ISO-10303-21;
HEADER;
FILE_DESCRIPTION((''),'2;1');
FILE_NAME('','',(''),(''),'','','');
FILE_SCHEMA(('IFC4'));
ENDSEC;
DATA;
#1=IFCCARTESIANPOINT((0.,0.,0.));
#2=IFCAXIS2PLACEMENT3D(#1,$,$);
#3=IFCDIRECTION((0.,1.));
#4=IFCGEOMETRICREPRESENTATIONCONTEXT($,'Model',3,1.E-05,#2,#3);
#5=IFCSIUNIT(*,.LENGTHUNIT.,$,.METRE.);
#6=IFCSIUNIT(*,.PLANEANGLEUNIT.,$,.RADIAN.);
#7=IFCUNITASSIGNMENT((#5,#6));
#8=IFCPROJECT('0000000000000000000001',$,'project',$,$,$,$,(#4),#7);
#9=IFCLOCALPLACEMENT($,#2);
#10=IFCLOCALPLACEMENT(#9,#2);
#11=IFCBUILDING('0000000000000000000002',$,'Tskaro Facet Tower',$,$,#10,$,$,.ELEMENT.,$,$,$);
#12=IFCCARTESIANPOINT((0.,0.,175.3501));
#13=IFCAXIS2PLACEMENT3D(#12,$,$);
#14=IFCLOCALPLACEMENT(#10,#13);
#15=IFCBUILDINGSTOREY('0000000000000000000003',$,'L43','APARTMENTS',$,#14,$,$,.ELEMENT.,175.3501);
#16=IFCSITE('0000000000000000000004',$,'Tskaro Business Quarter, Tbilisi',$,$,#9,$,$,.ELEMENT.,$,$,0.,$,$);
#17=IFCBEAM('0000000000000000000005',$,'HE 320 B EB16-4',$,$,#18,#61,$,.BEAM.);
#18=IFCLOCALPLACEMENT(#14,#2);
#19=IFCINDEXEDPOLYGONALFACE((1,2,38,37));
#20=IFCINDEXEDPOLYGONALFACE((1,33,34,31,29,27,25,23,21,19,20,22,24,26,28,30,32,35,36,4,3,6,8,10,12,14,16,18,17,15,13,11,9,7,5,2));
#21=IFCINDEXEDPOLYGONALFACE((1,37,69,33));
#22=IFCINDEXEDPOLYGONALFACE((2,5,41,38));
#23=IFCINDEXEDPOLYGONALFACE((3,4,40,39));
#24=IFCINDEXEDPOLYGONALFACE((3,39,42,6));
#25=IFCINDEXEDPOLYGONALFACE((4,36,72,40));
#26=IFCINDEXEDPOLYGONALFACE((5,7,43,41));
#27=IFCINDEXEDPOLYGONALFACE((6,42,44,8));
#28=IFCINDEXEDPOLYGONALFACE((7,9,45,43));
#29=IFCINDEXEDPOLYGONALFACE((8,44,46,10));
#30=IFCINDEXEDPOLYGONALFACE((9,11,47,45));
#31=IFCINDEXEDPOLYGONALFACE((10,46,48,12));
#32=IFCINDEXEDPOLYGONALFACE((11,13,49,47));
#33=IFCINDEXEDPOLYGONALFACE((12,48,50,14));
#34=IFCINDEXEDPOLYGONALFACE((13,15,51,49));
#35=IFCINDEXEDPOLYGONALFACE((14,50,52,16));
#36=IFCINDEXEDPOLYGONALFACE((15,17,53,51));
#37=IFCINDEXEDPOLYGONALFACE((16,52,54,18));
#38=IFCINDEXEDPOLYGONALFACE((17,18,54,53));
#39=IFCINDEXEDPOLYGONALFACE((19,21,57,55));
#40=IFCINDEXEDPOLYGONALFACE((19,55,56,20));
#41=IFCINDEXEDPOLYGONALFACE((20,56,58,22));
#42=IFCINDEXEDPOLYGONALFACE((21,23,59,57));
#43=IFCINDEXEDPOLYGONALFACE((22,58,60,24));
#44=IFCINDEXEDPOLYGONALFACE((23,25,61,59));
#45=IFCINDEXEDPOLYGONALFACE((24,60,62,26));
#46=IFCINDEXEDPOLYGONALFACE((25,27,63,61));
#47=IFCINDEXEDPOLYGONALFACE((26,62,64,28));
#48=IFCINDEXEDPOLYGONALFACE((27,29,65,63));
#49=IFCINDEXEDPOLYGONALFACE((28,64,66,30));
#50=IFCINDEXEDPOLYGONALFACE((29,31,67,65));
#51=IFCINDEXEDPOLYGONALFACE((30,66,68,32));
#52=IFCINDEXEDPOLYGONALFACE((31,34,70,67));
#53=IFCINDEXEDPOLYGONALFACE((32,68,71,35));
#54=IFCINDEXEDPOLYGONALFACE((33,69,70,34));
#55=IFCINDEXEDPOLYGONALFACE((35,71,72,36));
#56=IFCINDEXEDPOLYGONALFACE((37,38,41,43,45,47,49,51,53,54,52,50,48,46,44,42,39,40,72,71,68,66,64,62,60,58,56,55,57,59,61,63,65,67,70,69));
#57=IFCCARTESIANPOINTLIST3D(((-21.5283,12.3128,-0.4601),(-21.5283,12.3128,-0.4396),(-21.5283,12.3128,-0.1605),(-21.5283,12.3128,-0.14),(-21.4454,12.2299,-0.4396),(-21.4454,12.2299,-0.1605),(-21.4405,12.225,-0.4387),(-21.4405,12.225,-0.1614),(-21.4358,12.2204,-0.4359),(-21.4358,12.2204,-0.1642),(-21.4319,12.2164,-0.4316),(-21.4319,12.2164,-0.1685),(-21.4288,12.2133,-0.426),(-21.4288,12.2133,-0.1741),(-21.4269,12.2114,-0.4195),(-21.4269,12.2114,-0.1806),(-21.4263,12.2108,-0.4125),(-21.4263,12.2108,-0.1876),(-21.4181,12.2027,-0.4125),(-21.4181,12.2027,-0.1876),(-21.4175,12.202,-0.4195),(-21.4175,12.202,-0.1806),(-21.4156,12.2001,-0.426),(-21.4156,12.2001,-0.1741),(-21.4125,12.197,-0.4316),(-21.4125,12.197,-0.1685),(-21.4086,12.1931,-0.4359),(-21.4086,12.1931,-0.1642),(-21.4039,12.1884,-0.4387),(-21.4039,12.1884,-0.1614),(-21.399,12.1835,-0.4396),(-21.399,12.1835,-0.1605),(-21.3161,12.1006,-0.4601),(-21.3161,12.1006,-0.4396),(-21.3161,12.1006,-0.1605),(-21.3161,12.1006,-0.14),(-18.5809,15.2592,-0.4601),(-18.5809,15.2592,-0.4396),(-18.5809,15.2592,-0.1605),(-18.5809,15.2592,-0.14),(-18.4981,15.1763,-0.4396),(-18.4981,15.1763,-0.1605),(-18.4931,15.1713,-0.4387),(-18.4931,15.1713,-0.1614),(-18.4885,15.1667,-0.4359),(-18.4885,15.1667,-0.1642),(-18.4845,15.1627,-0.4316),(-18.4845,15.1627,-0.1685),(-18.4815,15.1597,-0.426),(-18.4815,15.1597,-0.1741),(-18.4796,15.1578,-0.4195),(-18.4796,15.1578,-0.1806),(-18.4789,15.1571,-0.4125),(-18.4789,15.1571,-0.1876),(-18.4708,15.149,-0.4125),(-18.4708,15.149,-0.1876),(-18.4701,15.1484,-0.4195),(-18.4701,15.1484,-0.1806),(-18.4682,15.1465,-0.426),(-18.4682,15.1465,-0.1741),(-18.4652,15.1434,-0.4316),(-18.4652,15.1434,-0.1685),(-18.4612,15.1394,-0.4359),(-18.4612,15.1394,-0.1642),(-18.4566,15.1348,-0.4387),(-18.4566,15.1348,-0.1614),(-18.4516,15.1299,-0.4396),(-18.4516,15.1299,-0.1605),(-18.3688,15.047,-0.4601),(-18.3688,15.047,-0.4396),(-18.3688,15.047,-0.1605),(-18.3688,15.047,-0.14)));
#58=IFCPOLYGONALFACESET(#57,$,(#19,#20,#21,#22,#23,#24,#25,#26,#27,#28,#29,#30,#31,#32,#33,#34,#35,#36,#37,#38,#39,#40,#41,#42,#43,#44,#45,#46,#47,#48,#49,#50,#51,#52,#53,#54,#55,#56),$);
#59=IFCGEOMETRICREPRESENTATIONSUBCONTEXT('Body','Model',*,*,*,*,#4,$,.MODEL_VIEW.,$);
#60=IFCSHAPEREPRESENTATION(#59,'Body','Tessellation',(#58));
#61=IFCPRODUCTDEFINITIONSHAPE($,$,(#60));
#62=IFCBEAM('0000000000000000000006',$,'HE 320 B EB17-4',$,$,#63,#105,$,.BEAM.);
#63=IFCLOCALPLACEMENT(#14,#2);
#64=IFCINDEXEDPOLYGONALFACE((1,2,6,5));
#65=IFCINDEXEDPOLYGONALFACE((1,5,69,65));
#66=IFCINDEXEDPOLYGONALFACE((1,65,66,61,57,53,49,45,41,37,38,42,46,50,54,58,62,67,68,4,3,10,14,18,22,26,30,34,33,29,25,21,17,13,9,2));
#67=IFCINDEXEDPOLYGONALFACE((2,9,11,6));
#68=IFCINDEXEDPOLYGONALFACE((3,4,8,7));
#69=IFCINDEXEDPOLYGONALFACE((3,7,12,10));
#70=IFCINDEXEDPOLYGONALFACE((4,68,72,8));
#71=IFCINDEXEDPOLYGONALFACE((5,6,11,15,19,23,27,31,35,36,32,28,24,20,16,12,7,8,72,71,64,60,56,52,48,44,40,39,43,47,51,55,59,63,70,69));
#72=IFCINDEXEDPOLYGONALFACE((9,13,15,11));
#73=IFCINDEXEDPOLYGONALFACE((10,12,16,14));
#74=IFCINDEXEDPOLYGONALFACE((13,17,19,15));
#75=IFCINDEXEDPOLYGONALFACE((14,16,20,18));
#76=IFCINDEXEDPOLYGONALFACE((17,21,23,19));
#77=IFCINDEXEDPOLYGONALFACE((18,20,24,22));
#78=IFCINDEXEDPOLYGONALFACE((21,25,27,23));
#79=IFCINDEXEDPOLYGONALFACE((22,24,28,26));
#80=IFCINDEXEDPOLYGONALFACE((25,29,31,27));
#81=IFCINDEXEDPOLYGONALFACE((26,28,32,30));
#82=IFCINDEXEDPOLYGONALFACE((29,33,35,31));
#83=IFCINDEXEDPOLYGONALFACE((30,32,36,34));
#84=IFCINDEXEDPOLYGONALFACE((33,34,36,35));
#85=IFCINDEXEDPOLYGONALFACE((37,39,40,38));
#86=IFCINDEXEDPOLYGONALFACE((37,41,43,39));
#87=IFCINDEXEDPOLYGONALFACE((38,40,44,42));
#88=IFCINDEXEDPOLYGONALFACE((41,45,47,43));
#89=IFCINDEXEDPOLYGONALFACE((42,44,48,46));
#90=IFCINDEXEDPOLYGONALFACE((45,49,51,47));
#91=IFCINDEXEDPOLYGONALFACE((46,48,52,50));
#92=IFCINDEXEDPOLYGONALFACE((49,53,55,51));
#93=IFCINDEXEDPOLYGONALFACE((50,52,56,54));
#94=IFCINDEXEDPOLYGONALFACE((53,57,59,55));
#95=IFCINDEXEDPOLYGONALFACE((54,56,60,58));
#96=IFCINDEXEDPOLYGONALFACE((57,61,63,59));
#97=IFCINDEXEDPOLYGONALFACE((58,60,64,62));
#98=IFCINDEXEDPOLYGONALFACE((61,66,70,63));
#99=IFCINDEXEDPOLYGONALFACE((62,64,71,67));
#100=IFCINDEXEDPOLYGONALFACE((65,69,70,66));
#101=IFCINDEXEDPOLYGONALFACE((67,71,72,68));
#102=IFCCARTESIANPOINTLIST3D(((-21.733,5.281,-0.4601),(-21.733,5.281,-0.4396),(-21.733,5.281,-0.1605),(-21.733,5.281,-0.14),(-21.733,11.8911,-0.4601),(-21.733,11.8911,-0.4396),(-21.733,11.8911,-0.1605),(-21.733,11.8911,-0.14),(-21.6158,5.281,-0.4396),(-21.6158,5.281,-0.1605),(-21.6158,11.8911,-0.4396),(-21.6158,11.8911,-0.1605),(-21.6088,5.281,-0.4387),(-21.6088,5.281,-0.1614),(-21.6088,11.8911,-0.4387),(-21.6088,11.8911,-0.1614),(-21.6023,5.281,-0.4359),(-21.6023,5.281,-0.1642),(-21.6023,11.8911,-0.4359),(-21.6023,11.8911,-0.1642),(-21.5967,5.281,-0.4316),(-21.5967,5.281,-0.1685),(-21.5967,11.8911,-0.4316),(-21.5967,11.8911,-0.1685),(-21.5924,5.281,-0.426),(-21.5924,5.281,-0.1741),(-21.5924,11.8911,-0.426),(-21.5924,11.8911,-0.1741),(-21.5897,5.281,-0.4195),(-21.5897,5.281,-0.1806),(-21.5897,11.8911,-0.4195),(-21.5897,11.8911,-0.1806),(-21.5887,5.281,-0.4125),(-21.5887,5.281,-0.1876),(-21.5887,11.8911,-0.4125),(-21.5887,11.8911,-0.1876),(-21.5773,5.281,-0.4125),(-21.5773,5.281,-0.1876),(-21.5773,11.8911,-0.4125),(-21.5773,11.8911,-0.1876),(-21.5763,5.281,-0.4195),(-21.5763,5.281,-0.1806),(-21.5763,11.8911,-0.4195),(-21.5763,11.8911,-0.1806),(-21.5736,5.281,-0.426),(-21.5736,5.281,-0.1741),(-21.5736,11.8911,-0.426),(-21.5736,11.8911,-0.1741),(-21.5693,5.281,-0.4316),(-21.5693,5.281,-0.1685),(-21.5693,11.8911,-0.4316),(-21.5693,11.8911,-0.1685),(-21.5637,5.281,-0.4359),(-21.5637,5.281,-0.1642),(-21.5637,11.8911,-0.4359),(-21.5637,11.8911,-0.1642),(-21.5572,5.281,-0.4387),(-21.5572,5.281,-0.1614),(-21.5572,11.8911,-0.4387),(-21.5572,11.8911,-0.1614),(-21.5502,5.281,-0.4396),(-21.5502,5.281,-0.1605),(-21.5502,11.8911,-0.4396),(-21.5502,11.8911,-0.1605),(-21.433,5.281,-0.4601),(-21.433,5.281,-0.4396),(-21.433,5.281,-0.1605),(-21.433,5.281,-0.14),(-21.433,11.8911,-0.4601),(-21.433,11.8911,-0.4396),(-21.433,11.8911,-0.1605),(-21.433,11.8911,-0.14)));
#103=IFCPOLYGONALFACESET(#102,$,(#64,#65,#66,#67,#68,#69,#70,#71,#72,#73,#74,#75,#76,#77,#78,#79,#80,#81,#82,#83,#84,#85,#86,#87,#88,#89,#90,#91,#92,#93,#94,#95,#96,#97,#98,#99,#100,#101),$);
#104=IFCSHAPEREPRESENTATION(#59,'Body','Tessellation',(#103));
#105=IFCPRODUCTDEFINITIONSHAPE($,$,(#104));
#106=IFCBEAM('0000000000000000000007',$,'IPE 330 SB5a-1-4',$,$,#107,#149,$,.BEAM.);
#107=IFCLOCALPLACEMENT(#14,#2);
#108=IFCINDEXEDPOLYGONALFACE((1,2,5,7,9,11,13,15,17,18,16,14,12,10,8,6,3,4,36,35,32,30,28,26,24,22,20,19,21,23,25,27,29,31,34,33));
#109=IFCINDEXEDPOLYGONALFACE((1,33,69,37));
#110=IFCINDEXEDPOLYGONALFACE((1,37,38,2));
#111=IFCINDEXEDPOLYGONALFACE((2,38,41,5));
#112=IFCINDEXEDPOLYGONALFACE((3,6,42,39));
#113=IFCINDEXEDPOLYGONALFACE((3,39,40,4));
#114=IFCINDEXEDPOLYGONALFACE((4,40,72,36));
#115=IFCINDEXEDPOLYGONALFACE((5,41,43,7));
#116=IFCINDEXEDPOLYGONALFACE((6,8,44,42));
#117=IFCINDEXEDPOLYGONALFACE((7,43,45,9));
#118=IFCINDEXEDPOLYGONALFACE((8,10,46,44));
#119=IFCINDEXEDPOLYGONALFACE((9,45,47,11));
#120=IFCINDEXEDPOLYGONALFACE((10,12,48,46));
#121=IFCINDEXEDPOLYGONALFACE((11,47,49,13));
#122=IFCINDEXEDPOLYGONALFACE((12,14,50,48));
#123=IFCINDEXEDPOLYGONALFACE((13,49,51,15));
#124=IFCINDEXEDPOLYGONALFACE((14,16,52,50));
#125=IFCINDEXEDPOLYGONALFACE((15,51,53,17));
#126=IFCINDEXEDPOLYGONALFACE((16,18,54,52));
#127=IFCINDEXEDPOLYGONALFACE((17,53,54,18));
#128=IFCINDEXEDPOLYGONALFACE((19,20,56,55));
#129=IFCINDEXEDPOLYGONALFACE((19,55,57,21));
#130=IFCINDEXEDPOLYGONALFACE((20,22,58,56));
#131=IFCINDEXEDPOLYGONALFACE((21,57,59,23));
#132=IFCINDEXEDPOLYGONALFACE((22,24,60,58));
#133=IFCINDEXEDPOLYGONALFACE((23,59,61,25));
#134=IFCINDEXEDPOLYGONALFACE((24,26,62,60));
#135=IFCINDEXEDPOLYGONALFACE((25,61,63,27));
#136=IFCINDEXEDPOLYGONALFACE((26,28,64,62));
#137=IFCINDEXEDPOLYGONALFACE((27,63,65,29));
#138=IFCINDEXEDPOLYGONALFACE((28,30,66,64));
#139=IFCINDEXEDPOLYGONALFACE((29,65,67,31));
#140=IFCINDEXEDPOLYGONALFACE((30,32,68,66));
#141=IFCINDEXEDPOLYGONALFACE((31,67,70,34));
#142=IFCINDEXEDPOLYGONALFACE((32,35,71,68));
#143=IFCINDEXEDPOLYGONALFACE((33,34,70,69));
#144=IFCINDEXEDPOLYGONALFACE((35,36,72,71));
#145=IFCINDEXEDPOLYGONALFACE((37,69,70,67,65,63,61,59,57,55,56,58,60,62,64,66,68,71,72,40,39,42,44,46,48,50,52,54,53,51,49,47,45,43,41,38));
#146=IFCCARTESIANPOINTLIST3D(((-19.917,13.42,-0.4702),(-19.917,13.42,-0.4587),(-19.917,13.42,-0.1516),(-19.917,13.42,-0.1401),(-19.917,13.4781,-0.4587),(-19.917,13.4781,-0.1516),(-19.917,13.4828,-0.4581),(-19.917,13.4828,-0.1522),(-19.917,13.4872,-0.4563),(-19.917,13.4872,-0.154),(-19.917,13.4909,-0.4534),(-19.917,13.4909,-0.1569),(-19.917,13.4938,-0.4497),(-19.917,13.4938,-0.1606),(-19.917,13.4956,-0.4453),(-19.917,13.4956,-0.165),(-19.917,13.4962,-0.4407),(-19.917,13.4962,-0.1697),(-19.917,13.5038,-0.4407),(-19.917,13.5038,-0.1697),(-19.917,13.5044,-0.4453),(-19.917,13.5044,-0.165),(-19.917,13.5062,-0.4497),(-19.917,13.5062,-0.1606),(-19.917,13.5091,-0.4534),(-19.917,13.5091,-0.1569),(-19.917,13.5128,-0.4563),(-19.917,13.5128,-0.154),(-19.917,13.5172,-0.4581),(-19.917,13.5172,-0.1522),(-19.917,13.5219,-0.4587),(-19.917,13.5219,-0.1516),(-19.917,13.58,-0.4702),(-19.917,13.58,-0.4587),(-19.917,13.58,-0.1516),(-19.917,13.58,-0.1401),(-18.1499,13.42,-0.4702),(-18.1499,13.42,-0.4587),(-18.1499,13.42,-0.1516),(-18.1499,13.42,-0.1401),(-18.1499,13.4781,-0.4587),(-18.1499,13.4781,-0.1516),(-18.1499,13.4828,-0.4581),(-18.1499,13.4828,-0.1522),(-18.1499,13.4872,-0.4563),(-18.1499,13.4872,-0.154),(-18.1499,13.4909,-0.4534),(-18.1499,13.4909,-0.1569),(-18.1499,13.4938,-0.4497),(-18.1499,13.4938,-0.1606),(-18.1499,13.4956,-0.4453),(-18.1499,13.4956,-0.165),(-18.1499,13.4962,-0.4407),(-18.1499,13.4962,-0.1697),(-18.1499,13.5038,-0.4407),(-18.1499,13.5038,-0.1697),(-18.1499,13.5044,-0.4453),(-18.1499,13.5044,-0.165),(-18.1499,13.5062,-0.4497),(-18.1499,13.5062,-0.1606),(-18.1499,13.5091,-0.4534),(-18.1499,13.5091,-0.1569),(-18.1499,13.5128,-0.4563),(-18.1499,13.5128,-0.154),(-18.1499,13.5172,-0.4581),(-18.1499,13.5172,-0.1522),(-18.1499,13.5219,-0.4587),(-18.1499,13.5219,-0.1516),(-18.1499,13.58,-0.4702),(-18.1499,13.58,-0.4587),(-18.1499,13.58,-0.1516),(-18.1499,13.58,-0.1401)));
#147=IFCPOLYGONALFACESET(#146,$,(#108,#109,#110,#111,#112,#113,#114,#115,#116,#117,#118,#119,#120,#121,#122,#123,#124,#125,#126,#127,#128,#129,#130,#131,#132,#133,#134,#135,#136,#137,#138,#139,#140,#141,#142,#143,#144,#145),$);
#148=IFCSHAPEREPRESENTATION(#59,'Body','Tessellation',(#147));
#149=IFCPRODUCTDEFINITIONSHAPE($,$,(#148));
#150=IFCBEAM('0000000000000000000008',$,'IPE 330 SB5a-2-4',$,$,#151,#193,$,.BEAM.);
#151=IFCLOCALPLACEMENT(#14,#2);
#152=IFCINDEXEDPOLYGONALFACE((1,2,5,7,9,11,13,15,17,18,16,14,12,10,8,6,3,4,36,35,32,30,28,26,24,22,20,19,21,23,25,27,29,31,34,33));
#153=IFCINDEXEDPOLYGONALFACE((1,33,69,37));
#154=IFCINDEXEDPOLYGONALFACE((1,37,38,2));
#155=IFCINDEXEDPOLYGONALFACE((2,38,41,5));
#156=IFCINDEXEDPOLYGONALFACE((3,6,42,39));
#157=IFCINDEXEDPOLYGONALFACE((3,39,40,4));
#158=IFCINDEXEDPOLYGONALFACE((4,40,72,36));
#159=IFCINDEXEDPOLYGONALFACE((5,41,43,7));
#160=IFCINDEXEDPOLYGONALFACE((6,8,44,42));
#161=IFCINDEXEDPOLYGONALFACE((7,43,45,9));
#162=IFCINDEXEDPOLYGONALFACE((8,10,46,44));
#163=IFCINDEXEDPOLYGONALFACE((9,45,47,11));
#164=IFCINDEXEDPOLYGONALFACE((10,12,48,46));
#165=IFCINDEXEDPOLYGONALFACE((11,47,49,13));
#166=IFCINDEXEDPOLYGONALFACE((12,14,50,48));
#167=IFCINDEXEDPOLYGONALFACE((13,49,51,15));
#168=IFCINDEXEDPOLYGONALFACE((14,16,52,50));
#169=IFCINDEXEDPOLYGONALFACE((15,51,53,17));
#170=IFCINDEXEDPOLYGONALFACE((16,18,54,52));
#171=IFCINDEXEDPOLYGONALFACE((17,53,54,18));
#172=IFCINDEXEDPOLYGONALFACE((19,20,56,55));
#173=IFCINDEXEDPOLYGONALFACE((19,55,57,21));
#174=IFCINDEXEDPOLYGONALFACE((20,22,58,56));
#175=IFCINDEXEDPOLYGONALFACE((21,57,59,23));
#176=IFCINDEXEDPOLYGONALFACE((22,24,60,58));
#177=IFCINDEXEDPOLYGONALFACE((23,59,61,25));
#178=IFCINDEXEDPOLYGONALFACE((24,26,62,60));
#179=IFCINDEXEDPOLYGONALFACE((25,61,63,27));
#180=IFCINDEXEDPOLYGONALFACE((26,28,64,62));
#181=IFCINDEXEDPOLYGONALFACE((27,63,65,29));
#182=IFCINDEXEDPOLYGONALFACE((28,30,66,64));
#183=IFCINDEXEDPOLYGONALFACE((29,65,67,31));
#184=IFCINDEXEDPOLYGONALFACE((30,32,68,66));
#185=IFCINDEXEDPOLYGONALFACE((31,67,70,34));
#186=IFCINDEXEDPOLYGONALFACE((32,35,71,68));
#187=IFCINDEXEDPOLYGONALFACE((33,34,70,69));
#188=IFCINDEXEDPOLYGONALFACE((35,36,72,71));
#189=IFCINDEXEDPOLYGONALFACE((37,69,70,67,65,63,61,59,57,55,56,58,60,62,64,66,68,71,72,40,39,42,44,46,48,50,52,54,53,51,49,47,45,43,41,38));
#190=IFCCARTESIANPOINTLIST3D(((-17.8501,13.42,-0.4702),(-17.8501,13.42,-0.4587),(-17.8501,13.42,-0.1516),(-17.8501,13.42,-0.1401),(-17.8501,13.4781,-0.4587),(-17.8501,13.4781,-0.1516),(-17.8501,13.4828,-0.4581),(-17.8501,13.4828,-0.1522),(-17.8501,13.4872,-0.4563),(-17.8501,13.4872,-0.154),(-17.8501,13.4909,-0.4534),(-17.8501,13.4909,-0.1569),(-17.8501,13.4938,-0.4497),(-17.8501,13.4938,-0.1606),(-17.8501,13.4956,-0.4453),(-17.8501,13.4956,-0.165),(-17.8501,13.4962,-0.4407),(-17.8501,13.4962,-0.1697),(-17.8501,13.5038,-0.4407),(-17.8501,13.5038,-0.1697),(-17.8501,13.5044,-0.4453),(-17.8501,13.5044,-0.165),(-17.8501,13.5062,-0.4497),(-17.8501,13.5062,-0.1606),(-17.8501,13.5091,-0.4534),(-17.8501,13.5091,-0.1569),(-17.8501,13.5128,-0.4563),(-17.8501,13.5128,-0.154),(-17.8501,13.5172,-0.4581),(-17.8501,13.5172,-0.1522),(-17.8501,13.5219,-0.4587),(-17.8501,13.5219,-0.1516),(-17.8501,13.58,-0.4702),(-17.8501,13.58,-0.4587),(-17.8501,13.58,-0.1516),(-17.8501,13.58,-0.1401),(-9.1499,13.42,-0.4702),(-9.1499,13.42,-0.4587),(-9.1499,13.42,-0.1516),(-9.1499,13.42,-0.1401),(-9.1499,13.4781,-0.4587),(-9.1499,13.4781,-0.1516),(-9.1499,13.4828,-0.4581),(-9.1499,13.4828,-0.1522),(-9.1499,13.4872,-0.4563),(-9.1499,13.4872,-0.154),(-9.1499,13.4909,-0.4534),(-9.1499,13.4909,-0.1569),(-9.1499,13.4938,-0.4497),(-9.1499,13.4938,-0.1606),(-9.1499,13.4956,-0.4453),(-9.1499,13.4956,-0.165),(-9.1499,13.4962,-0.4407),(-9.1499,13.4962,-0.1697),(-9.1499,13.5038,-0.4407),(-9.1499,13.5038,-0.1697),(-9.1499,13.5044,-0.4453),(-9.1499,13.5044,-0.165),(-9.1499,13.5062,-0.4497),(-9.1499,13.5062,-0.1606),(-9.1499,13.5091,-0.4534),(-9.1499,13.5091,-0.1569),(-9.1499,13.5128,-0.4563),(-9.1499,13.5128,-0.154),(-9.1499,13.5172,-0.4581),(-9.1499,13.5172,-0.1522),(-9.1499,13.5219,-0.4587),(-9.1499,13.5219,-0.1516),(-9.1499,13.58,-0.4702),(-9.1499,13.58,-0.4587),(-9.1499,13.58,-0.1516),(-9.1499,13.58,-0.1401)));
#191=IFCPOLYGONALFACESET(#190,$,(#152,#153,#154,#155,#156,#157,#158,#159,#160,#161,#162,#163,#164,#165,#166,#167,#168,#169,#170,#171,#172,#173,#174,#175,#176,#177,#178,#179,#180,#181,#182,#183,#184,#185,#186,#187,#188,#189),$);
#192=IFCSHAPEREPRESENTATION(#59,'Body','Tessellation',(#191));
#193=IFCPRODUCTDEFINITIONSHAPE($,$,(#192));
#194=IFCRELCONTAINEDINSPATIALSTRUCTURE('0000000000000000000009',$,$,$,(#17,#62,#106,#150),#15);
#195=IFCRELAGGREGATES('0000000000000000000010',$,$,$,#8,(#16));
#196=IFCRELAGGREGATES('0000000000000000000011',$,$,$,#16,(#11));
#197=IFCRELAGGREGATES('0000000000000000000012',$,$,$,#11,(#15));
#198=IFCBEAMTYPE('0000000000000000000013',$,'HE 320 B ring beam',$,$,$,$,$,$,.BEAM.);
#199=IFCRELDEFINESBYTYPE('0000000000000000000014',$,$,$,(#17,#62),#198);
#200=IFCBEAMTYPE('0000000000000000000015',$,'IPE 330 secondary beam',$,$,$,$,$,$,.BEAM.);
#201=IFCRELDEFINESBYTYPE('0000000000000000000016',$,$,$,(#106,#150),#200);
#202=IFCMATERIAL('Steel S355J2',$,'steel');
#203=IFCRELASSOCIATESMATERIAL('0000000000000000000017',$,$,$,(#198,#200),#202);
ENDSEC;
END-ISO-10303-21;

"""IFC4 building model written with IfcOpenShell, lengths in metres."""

from ifc_helpers import new_model, si_unit, direction, frame, origin, origin_2d, place, context, subcontext, project, spatial, i_section, extrude, material, material_profile, profile_set, type_object, element, save


model = new_model("IFC4")

# Units and contexts
model_context = context("Model", 3, precision=1e-05, world=origin(), true_north=direction((0.0, 1.0)))
body_context = subcontext(model_context, "Body", "Model", "MODEL_VIEW")
ifc_project = project(units=[si_unit("LENGTHUNIT", "METRE"), si_unit("PLANEANGLEUNIT", "RADIAN")], contexts=[model_context])

# Site, building, storey
site_placement = place(None, origin())
site = spatial("IfcSite", under=ifc_project, at=site_placement, Name="Tskaro Business Quarter, Tbilisi", CompositionType="ELEMENT", RefElevation=0.0)
building_placement = place(site_placement, origin())
building = spatial("IfcBuilding", under=site, at=building_placement, Name="Tskaro Facet Tower", CompositionType="ELEMENT")
storey_placement = place(building_placement, frame((0.0, 0.0, 175.3501)))
storey = spatial("IfcBuildingStorey", under=building, at=storey_placement, Name="L43", Description="APARTMENTS", CompositionType="ELEMENT", Elevation=175.3501)

# Beams
ifc_material_1 = material(Name="Steel S355J2", Category="steel")
ifc_material_profile_1 = material_profile(ifc_material_1, i_section(OverallWidth=0.3, OverallDepth=0.3201, WebThickness=0.0115, FlangeThickness=0.0205, FilletRadius=0.0271, at=origin_2d()), Name="HE 320 B")
ifc_profile_set_1 = profile_set([ifc_material_profile_1], Name="Steel S355J2")
beam_type_1 = type_object("IfcBeamType", Name="HE 320 B ring beam", PredefinedType="BEAM", material=ifc_profile_set_1)
for number, where, z_axis, x_axis, name in (
    (1, (-18.4749, 15.1531, -0.3), (-0.707224, -0.70699, 0.0), (0.70699, -0.707224, 0.0), "HE 320 B EB16-4"),
):
    element("IfcBeam", number, at=place(storey_placement, frame(where, z_axis=z_axis, x_axis=x_axis)), inside=storey, type_object=beam_type_1, Name=name, PredefinedType="BEAM", context=body_context, shape_type="SweptSolid", body=[
        extrude(i_section(OverallWidth=0.3, OverallDepth=0.3201, WebThickness=0.0115, FlangeThickness=0.0205, FilletRadius=0.0271, at=origin_2d()), origin(), (0.0, 0.0, 1.0), 4.1675),
    ])
beam_1_placement = place(storey_placement, frame((-21.583, 11.8911, -0.3), z_axis=(0.0, -1.0, 0.0), x_axis=(1.0, 0.0, 0.0)))
element("IfcBeam", 2, at=beam_1_placement, inside=storey, type_object=beam_type_1, Name="HE 320 B EB17-4", PredefinedType="BEAM", context=body_context, shape_type="SweptSolid", body=[
    extrude(i_section(OverallWidth=0.3, OverallDepth=0.3201, WebThickness=0.0115, FlangeThickness=0.0205, FilletRadius=0.0271, at=origin_2d()), origin(), (0.0, 0.0, 1.0), 6.6101),
])
ifc_material_profile_2 = material_profile(ifc_material_1, i_section(OverallWidth=0.1599, OverallDepth=0.3301, WebThickness=0.0076, FlangeThickness=0.0115, FilletRadius=0.0181, at=origin_2d()), Name="IPE 330")
ifc_profile_set_2 = profile_set([ifc_material_profile_2], Name="Steel S355J2")
beam_type_2 = type_object("IfcBeamType", Name="IPE 330 secondary beam", PredefinedType="BEAM", material=ifc_profile_set_2)
beam_2_placement = place(storey_placement, frame((-19.917, 13.5, -0.3052), z_axis=(1.0, 0.0, 0.0), x_axis=(0.0, 1.0, 0.0)))
element("IfcBeam", 3, at=beam_2_placement, inside=storey, type_object=beam_type_2, Name="IPE 330 SB5a-1-4", PredefinedType="BEAM", context=body_context, shape_type="SweptSolid", body=[
    extrude(i_section(OverallWidth=0.1599, OverallDepth=0.3301, WebThickness=0.0076, FlangeThickness=0.0115, FilletRadius=0.0181, at=origin_2d()), origin(), (0.0, 0.0, 1.0), 1.7671),
])
beam_3_placement = place(storey_placement, frame((-17.8501, 13.5, -0.3052), z_axis=(1.0, 0.0, 0.0), x_axis=(0.0, 1.0, 0.0)))
element("IfcBeam", 4, at=beam_3_placement, inside=storey, type_object=beam_type_2, Name="IPE 330 SB5a-2-4", PredefinedType="BEAM", context=body_context, shape_type="SweptSolid", body=[
    extrude(i_section(OverallWidth=0.1599, OverallDepth=0.3301, WebThickness=0.0076, FlangeThickness=0.0115, FilletRadius=0.0181, at=origin_2d()), origin(), (0.0, 0.0, 1.0), 8.7002),
])

save(model, "model.ifc")
